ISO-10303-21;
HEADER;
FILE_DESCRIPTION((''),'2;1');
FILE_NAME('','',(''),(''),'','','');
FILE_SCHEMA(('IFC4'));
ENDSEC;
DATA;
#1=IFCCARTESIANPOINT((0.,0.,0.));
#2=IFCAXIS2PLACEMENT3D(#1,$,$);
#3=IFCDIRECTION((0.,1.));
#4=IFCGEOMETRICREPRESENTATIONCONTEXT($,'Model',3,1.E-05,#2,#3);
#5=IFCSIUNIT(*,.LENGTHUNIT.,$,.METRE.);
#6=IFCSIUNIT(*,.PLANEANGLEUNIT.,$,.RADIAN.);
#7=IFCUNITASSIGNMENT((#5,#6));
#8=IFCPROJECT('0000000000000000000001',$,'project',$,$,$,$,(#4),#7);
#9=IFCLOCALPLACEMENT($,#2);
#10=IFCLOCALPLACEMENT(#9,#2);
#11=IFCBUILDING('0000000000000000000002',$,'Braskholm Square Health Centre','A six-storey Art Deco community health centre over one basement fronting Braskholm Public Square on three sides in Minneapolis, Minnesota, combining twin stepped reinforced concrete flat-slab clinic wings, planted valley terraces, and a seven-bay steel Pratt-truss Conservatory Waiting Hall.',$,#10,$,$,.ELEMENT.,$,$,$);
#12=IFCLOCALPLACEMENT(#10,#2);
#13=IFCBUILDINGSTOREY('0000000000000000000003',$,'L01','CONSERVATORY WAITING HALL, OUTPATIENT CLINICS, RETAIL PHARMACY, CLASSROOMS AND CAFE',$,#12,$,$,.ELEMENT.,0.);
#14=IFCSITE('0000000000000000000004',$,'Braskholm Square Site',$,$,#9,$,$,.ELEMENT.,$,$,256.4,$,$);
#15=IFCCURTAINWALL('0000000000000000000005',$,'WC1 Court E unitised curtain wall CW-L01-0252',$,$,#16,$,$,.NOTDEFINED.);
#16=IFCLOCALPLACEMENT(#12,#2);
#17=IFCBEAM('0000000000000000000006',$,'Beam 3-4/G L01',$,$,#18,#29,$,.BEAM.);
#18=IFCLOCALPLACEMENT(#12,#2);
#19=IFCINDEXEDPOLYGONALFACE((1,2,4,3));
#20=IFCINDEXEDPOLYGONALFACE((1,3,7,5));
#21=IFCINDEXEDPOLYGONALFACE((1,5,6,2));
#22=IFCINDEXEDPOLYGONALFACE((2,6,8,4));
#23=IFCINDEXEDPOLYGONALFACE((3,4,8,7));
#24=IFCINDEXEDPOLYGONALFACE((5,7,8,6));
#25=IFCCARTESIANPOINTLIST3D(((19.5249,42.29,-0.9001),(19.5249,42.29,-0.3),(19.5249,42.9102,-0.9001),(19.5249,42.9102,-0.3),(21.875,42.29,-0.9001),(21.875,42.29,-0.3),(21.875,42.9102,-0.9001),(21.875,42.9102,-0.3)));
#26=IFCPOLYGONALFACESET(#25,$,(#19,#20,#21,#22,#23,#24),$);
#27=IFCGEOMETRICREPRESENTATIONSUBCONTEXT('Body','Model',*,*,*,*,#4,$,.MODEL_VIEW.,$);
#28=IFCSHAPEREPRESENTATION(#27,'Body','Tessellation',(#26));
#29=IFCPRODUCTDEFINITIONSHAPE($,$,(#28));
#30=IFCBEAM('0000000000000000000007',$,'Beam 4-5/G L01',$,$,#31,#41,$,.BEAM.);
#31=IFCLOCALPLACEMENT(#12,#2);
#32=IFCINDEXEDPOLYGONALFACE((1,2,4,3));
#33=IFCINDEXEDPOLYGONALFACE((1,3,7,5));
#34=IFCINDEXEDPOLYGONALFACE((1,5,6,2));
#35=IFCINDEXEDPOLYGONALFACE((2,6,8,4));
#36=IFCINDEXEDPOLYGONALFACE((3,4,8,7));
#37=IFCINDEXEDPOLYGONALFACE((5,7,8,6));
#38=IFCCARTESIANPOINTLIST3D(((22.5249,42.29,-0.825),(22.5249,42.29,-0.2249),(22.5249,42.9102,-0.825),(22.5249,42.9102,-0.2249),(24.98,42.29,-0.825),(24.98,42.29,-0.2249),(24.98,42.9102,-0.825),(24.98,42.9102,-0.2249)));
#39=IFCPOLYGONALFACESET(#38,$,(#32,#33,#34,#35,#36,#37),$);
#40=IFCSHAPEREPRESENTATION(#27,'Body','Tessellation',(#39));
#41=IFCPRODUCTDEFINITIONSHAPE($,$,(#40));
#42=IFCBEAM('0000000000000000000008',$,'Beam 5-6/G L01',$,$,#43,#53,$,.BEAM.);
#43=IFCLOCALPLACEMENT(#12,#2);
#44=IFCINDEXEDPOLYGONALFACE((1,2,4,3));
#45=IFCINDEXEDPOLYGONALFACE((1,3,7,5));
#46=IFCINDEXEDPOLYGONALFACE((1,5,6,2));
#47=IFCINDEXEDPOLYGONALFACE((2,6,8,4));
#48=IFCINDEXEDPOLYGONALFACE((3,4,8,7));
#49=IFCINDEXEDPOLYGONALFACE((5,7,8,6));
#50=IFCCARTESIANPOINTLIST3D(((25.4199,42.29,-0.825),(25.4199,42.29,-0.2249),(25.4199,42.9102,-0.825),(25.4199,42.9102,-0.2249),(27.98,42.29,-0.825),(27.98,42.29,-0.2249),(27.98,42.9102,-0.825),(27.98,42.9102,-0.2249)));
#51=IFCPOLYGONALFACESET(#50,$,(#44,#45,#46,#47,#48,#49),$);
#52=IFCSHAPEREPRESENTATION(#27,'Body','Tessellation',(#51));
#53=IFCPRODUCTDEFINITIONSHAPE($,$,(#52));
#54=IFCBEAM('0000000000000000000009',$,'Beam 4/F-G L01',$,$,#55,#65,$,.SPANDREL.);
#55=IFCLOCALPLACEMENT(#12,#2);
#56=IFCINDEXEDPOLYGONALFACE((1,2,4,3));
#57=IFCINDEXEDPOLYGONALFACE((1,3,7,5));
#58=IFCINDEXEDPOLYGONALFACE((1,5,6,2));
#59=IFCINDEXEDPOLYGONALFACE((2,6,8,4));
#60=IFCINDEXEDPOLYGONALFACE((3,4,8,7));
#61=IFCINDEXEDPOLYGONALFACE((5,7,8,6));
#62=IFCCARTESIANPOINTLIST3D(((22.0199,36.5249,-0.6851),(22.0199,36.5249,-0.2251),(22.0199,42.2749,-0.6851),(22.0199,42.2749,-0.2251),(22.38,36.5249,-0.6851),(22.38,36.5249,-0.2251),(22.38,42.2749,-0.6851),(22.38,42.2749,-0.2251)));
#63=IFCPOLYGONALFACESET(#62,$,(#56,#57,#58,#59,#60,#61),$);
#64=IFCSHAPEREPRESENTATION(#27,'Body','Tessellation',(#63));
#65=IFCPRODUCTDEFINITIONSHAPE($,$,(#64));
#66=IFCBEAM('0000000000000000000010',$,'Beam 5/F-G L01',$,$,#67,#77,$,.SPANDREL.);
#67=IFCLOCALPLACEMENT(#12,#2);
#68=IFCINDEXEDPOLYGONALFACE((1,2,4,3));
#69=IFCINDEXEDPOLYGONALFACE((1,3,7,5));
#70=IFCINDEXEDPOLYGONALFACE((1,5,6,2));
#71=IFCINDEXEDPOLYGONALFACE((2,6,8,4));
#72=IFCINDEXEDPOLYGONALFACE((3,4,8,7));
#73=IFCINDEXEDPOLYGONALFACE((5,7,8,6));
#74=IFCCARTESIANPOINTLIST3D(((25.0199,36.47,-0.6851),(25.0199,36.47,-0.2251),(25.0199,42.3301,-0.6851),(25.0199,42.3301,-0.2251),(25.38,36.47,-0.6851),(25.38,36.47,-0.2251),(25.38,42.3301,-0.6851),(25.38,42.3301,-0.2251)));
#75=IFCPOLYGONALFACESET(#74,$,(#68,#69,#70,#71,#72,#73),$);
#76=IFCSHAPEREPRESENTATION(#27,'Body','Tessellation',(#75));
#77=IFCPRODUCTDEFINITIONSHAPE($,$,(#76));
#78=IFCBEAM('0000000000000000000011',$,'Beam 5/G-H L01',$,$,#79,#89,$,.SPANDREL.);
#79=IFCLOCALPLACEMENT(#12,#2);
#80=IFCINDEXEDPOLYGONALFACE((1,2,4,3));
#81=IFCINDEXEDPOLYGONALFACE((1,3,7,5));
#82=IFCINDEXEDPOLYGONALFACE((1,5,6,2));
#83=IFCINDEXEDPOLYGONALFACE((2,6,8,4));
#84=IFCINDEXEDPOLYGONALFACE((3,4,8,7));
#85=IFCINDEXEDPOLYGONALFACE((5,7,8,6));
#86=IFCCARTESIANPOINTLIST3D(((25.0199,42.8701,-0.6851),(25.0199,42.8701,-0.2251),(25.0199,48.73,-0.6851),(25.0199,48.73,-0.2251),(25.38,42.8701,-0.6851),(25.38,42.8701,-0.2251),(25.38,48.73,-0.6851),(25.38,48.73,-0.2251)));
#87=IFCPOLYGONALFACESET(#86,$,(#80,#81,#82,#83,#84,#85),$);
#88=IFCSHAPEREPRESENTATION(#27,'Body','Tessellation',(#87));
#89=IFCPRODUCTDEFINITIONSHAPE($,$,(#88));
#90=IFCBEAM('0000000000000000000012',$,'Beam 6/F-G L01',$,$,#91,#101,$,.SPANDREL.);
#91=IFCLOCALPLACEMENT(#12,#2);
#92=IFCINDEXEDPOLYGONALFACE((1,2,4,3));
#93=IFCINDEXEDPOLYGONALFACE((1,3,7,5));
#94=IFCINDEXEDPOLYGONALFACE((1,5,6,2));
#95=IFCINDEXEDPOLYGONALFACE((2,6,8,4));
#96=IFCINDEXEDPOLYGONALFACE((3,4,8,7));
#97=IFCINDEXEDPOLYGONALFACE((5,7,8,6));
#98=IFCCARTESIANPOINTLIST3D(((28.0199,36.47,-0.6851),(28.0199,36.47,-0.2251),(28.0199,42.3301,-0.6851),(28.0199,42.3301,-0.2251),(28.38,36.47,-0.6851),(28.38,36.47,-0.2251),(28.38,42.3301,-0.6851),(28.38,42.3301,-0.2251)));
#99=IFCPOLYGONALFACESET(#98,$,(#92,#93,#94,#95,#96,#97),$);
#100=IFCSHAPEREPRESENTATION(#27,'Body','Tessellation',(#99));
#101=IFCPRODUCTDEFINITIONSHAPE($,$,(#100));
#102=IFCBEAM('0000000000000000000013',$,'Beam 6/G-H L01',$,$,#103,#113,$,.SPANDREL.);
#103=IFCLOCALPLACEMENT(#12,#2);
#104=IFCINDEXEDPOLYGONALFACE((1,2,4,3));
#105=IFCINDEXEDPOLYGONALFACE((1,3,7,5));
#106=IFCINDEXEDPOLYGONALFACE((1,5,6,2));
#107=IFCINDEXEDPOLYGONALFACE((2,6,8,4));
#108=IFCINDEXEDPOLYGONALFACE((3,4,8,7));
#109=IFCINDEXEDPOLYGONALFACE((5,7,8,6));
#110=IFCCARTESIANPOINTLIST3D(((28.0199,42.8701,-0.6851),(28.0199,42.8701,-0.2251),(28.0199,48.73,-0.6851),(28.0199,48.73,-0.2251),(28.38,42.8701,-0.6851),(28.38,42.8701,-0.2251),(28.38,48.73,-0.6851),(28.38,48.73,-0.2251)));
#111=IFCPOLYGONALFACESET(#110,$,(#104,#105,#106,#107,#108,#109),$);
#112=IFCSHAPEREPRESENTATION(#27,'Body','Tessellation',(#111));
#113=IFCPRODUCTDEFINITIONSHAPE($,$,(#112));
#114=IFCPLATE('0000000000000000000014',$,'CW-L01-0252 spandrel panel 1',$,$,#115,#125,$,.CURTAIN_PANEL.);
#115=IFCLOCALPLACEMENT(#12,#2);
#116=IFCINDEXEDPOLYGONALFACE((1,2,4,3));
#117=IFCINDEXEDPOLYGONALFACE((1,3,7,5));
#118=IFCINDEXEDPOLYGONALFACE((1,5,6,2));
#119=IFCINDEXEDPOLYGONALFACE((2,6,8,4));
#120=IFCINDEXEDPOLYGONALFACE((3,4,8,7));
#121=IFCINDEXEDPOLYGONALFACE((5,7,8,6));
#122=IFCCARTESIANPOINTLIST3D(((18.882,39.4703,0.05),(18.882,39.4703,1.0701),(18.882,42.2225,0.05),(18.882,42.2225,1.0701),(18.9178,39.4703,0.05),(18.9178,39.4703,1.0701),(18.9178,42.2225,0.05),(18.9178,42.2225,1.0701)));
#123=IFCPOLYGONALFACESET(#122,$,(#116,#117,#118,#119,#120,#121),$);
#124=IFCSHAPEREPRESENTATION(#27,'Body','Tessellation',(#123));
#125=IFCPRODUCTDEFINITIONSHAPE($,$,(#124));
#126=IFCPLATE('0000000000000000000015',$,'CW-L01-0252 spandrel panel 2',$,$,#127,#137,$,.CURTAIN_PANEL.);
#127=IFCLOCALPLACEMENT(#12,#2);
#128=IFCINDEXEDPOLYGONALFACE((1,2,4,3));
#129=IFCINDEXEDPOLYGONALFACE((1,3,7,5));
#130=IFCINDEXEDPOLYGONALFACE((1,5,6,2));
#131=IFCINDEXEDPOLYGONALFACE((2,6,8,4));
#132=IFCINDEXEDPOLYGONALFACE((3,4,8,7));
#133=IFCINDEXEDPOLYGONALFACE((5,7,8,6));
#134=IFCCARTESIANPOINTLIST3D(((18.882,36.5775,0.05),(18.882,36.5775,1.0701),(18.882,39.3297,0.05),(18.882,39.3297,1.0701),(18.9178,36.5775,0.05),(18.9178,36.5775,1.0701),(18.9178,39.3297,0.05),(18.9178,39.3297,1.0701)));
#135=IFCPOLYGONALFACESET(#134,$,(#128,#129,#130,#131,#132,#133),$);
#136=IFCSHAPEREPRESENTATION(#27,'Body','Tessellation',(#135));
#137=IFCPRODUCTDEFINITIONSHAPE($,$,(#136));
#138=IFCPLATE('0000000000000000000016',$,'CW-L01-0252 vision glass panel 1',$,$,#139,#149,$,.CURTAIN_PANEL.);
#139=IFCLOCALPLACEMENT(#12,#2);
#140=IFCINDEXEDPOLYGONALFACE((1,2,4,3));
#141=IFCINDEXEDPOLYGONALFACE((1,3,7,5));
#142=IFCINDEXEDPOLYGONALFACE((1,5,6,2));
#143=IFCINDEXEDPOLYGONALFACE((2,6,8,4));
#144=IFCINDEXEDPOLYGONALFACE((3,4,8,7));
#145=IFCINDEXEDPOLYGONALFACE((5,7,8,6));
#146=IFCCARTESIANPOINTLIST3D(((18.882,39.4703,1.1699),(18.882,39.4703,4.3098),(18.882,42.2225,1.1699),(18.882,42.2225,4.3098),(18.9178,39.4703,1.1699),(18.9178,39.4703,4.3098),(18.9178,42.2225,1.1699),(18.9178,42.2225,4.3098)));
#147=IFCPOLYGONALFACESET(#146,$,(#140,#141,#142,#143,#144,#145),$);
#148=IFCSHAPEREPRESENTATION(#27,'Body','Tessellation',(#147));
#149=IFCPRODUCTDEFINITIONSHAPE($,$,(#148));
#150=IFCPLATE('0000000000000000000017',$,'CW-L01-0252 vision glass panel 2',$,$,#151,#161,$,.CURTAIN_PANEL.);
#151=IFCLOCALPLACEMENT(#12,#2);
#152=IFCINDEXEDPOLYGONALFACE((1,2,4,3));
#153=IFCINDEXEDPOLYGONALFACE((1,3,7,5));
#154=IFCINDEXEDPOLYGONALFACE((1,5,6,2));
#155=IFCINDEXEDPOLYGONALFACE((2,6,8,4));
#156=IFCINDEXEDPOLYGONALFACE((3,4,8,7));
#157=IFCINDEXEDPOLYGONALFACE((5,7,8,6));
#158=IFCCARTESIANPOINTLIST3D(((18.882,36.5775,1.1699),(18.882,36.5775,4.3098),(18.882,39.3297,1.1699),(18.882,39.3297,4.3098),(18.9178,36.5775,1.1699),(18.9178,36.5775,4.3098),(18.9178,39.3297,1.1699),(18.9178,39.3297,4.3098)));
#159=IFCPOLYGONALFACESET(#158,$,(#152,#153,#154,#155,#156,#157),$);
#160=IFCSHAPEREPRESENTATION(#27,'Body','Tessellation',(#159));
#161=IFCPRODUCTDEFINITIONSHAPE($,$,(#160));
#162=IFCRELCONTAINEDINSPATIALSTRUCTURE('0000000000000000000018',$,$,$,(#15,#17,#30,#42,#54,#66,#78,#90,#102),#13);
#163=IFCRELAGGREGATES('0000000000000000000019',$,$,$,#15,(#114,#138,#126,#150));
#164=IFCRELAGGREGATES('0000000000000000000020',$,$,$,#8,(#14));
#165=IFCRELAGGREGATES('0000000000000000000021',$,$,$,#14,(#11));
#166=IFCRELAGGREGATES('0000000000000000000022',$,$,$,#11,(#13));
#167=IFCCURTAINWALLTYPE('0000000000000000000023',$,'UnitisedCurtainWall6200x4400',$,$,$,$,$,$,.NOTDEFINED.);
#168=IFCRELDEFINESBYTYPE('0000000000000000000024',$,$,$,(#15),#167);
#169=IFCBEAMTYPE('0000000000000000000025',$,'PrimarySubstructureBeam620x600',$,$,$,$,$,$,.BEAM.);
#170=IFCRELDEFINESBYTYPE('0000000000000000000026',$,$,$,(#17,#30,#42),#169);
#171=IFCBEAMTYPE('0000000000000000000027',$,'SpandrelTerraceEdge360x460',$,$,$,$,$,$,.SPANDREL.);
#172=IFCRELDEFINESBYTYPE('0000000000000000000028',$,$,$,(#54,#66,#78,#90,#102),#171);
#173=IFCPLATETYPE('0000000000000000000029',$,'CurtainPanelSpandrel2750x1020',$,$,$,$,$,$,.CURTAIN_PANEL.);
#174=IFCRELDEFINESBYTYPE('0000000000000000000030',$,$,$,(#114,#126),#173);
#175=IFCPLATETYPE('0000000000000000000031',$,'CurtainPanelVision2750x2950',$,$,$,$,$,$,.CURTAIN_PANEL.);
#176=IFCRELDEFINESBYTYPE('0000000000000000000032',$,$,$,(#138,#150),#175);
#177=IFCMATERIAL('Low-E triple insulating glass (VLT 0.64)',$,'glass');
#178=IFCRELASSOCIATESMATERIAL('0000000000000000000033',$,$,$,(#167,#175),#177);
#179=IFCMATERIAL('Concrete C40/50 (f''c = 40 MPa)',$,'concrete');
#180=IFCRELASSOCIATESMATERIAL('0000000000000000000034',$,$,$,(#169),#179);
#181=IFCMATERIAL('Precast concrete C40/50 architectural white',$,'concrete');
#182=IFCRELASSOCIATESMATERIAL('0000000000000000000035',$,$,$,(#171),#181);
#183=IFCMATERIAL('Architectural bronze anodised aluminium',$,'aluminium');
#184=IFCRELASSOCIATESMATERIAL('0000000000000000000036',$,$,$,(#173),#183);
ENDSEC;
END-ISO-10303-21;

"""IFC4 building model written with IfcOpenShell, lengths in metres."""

from ifc_helpers import new_model, si_unit, direction, frame, origin, origin_2d, place, context, subcontext, project, spatial, rectangle, extrude, material, material_profile, profile_set, type_object, element, aggregate, save


model = new_model("IFC4")

# Units and contexts
model_context = context("Model", 3, precision=1e-05, world=origin(), true_north=direction((0.0, 1.0)))
body_context = subcontext(model_context, "Body", "Model", "MODEL_VIEW")
ifc_project = project(units=[si_unit("LENGTHUNIT", "METRE"), si_unit("PLANEANGLEUNIT", "RADIAN")], contexts=[model_context])

# Site, building, storey
site_placement = place(None, origin())
site = spatial("IfcSite", under=ifc_project, at=site_placement, Name="Braskholm Square Site", CompositionType="ELEMENT", RefElevation=256.4)
building_placement = place(site_placement, origin())
building = spatial("IfcBuilding", under=site, at=building_placement, Name="Braskholm Square Health Centre", Description="A six-storey Art Deco community health centre over one basement fronting Braskholm Public Square on three sides in Minneapolis, Minnesota, combining twin stepped reinforced concrete flat-slab clinic wings, planted valley terraces, and a seven-bay steel Pratt-truss Conservatory Waiting Hall.", CompositionType="ELEMENT")
storey_placement = place(building_placement, origin())
storey = spatial("IfcBuildingStorey", under=building, at=storey_placement, Name="L01", Description="CONSERVATORY WAITING HALL, OUTPATIENT CLINICS, RETAIL PHARMACY, CLASSROOMS AND CAFE", CompositionType="ELEMENT", Elevation=0.0)

# Shared definitions
ifc_material_1 = material(Name="Concrete C40/50 (f'c = 40 MPa)", Category="concrete")
ifc_material_2 = material(Name="Precast concrete C40/50 architectural white", Category="concrete")

# Shared definitions
ifc_material_3 = material(Name="Low-E triple insulating glass (VLT 0.64)", Category="glass")
ifc_material_4 = material(Name="Architectural bronze anodised aluminium", Category="aluminium")

# Curtain wall
curtain_wall_type_1 = type_object("IfcCurtainWallType", Name="UnitisedCurtainWall6200x4400", PredefinedType="NOTDEFINED", material=ifc_material_3)
curtain_wall_1_placement = place(storey_placement, origin())
curtain_wall_1 = element("IfcCurtainWall", 1, at=curtain_wall_1_placement, inside=storey, type_object=curtain_wall_type_1, Name="WC1 Court E unitised curtain wall CW-L01-0252", PredefinedType="NOTDEFINED")

# Beams
ifc_material_profile_1 = material_profile(ifc_material_1, rectangle(XDim=0.6201, YDim=0.6001, at=origin_2d()), Name="RCB-620X600")
ifc_profile_set_1 = profile_set([ifc_material_profile_1], Name="Concrete C40/50 (f'c = 40 MPa)")
beam_type_1 = type_object("IfcBeamType", Name="PrimarySubstructureBeam620x600", PredefinedType="BEAM", material=ifc_profile_set_1)
beam_1_placement = place(storey_placement, frame((19.5249, 42.6001, -0.6001), z_axis=(1.0, 0.0, 0.0), x_axis=(0.0, 1.0, 0.0)))
element("IfcBeam", 2, at=beam_1_placement, inside=storey, type_object=beam_type_1, Name="Beam 3-4/G L01", PredefinedType="BEAM", context=body_context, shape_type="SweptSolid", body=[
    extrude(rectangle(XDim=0.6201, YDim=0.6001, at=origin_2d()), origin(), (0.0, 0.0, 1.0), 2.3501),
])
beam_2_placement = place(storey_placement, frame((22.5249, 42.6001, -0.5249), z_axis=(1.0, 0.0, 0.0), x_axis=(0.0, 1.0, 0.0)))
element("IfcBeam", 3, at=beam_2_placement, inside=storey, type_object=beam_type_1, Name="Beam 4-5/G L01", PredefinedType="BEAM", context=body_context, shape_type="SweptSolid", body=[
    extrude(rectangle(XDim=0.6201, YDim=0.6001, at=origin_2d()), origin(), (0.0, 0.0, 1.0), 2.4551),
])
beam_3_placement = place(storey_placement, frame((25.4199, 42.6001, -0.5249), z_axis=(1.0, 0.0, 0.0), x_axis=(0.0, 1.0, 0.0)))
element("IfcBeam", 4, at=beam_3_placement, inside=storey, type_object=beam_type_1, Name="Beam 5-6/G L01", PredefinedType="BEAM", context=body_context, shape_type="SweptSolid", body=[
    extrude(rectangle(XDim=0.6201, YDim=0.6001, at=origin_2d()), origin(), (0.0, 0.0, 1.0), 2.5601),
])
ifc_material_profile_2 = material_profile(ifc_material_2, rectangle(XDim=0.3601, YDim=0.46, at=origin_2d()), Name="RCB-360X460")
ifc_profile_set_2 = profile_set([ifc_material_profile_2], Name="Precast concrete C40/50 architectural white")
beam_type_2 = type_object("IfcBeamType", Name="SpandrelTerraceEdge360x460", PredefinedType="SPANDREL", material=ifc_profile_set_2)
beam_4_placement = place(storey_placement, frame((22.2, 36.5249, -0.4551), z_axis=(0.0, 1.0, 0.0), x_axis=(-1.0, 0.0, 0.0)))
element("IfcBeam", 5, at=beam_4_placement, inside=storey, type_object=beam_type_2, Name="Beam 4/F-G L01", PredefinedType="SPANDREL", context=body_context, shape_type="SweptSolid", body=[
    extrude(rectangle(XDim=0.3601, YDim=0.46, at=origin_2d()), origin(), (0.0, 0.0, 1.0), 5.75),
])
beam_5_placement = place(storey_placement, frame((25.2, 36.47, -0.4551), z_axis=(0.0, 1.0, 0.0), x_axis=(-1.0, 0.0, 0.0)))
element("IfcBeam", 6, at=beam_5_placement, inside=storey, type_object=beam_type_2, Name="Beam 5/F-G L01", PredefinedType="SPANDREL", context=body_context, shape_type="SweptSolid", body=[
    extrude(rectangle(XDim=0.3601, YDim=0.46, at=origin_2d()), origin(), (0.0, 0.0, 1.0), 5.8601),
])
beam_6_placement = place(storey_placement, frame((25.2, 42.8701, -0.4551), z_axis=(0.0, 1.0, 0.0), x_axis=(-1.0, 0.0, 0.0)))
element("IfcBeam", 7, at=beam_6_placement, inside=storey, type_object=beam_type_2, Name="Beam 5/G-H L01", PredefinedType="SPANDREL", context=body_context, shape_type="SweptSolid", body=[
    extrude(rectangle(XDim=0.3601, YDim=0.46, at=origin_2d()), origin(), (0.0, 0.0, 1.0), 5.8599),
])
beam_7_placement = place(storey_placement, frame((28.2, 36.47, -0.4551), z_axis=(0.0, 1.0, 0.0), x_axis=(-1.0, 0.0, 0.0)))
element("IfcBeam", 8, at=beam_7_placement, inside=storey, type_object=beam_type_2, Name="Beam 6/F-G L01", PredefinedType="SPANDREL", context=body_context, shape_type="SweptSolid", body=[
    extrude(rectangle(XDim=0.3601, YDim=0.46, at=origin_2d()), origin(), (0.0, 0.0, 1.0), 5.8601),
])
beam_8_placement = place(storey_placement, frame((28.2, 42.8701, -0.4551), z_axis=(0.0, 1.0, 0.0), x_axis=(-1.0, 0.0, 0.0)))
element("IfcBeam", 9, at=beam_8_placement, inside=storey, type_object=beam_type_2, Name="Beam 6/G-H L01", PredefinedType="SPANDREL", context=body_context, shape_type="SweptSolid", body=[
    extrude(rectangle(XDim=0.3601, YDim=0.46, at=origin_2d()), origin(), (0.0, 0.0, 1.0), 5.8599),
])

# Plates
plate_type_1 = type_object("IfcPlateType", Name="CurtainPanelSpandrel2750x1020", PredefinedType="CURTAIN_PANEL", material=ifc_material_4)
plate_1_placement = place(storey_placement, frame((18.8999, 40.8464, 0.05), z_axis=(0.0, 0.0, 1.0), x_axis=(0.0, -1.0, 0.0)))
plate_1 = element("IfcPlate", 10, at=plate_1_placement, type_object=plate_type_1, Name="CW-L01-0252 spandrel panel 1", PredefinedType="CURTAIN_PANEL", context=body_context, shape_type="SweptSolid", body=[
    extrude(rectangle(XDim=2.7522, YDim=0.0359, at=origin_2d()), origin(), (0.0, 0.0, 1.0), 1.02),
])
plate_2_placement = place(storey_placement, frame((18.8999, 37.9536, 0.05), z_axis=(0.0, 0.0, 1.0), x_axis=(0.0, -1.0, 0.0)))
plate_2 = element("IfcPlate", 11, at=plate_2_placement, type_object=plate_type_1, Name="CW-L01-0252 spandrel panel 2", PredefinedType="CURTAIN_PANEL", context=body_context, shape_type="SweptSolid", body=[
    extrude(rectangle(XDim=2.7522, YDim=0.0359, at=origin_2d()), origin(), (0.0, 0.0, 1.0), 1.02),
])
plate_type_2 = type_object("IfcPlateType", Name="CurtainPanelVision2750x2950", PredefinedType="CURTAIN_PANEL", material=ifc_material_3)
plate_3_placement = place(storey_placement, frame((18.8999, 40.8464, 1.1699), z_axis=(0.0, 0.0, 1.0), x_axis=(0.0, -1.0, 0.0)))
plate_3 = element("IfcPlate", 12, at=plate_3_placement, type_object=plate_type_2, Name="CW-L01-0252 vision glass panel 1", PredefinedType="CURTAIN_PANEL", context=body_context, shape_type="SweptSolid", body=[
    extrude(rectangle(XDim=2.7522, YDim=0.0359, at=origin_2d()), origin(), (0.0, 0.0, 1.0), 3.1399),
])
plate_4_placement = place(storey_placement, frame((18.8999, 37.9536, 1.1699), z_axis=(0.0, 0.0, 1.0), x_axis=(0.0, -1.0, 0.0)))
plate_4 = element("IfcPlate", 13, at=plate_4_placement, type_object=plate_type_2, Name="CW-L01-0252 vision glass panel 2", PredefinedType="CURTAIN_PANEL", context=body_context, shape_type="SweptSolid", body=[
    extrude(rectangle(XDim=2.7522, YDim=0.0359, at=origin_2d()), origin(), (0.0, 0.0, 1.0), 3.1399),
])
aggregate(curtain_wall_1, [plate_1, plate_3, plate_2, plate_4])

save(model, "model.ifc")
